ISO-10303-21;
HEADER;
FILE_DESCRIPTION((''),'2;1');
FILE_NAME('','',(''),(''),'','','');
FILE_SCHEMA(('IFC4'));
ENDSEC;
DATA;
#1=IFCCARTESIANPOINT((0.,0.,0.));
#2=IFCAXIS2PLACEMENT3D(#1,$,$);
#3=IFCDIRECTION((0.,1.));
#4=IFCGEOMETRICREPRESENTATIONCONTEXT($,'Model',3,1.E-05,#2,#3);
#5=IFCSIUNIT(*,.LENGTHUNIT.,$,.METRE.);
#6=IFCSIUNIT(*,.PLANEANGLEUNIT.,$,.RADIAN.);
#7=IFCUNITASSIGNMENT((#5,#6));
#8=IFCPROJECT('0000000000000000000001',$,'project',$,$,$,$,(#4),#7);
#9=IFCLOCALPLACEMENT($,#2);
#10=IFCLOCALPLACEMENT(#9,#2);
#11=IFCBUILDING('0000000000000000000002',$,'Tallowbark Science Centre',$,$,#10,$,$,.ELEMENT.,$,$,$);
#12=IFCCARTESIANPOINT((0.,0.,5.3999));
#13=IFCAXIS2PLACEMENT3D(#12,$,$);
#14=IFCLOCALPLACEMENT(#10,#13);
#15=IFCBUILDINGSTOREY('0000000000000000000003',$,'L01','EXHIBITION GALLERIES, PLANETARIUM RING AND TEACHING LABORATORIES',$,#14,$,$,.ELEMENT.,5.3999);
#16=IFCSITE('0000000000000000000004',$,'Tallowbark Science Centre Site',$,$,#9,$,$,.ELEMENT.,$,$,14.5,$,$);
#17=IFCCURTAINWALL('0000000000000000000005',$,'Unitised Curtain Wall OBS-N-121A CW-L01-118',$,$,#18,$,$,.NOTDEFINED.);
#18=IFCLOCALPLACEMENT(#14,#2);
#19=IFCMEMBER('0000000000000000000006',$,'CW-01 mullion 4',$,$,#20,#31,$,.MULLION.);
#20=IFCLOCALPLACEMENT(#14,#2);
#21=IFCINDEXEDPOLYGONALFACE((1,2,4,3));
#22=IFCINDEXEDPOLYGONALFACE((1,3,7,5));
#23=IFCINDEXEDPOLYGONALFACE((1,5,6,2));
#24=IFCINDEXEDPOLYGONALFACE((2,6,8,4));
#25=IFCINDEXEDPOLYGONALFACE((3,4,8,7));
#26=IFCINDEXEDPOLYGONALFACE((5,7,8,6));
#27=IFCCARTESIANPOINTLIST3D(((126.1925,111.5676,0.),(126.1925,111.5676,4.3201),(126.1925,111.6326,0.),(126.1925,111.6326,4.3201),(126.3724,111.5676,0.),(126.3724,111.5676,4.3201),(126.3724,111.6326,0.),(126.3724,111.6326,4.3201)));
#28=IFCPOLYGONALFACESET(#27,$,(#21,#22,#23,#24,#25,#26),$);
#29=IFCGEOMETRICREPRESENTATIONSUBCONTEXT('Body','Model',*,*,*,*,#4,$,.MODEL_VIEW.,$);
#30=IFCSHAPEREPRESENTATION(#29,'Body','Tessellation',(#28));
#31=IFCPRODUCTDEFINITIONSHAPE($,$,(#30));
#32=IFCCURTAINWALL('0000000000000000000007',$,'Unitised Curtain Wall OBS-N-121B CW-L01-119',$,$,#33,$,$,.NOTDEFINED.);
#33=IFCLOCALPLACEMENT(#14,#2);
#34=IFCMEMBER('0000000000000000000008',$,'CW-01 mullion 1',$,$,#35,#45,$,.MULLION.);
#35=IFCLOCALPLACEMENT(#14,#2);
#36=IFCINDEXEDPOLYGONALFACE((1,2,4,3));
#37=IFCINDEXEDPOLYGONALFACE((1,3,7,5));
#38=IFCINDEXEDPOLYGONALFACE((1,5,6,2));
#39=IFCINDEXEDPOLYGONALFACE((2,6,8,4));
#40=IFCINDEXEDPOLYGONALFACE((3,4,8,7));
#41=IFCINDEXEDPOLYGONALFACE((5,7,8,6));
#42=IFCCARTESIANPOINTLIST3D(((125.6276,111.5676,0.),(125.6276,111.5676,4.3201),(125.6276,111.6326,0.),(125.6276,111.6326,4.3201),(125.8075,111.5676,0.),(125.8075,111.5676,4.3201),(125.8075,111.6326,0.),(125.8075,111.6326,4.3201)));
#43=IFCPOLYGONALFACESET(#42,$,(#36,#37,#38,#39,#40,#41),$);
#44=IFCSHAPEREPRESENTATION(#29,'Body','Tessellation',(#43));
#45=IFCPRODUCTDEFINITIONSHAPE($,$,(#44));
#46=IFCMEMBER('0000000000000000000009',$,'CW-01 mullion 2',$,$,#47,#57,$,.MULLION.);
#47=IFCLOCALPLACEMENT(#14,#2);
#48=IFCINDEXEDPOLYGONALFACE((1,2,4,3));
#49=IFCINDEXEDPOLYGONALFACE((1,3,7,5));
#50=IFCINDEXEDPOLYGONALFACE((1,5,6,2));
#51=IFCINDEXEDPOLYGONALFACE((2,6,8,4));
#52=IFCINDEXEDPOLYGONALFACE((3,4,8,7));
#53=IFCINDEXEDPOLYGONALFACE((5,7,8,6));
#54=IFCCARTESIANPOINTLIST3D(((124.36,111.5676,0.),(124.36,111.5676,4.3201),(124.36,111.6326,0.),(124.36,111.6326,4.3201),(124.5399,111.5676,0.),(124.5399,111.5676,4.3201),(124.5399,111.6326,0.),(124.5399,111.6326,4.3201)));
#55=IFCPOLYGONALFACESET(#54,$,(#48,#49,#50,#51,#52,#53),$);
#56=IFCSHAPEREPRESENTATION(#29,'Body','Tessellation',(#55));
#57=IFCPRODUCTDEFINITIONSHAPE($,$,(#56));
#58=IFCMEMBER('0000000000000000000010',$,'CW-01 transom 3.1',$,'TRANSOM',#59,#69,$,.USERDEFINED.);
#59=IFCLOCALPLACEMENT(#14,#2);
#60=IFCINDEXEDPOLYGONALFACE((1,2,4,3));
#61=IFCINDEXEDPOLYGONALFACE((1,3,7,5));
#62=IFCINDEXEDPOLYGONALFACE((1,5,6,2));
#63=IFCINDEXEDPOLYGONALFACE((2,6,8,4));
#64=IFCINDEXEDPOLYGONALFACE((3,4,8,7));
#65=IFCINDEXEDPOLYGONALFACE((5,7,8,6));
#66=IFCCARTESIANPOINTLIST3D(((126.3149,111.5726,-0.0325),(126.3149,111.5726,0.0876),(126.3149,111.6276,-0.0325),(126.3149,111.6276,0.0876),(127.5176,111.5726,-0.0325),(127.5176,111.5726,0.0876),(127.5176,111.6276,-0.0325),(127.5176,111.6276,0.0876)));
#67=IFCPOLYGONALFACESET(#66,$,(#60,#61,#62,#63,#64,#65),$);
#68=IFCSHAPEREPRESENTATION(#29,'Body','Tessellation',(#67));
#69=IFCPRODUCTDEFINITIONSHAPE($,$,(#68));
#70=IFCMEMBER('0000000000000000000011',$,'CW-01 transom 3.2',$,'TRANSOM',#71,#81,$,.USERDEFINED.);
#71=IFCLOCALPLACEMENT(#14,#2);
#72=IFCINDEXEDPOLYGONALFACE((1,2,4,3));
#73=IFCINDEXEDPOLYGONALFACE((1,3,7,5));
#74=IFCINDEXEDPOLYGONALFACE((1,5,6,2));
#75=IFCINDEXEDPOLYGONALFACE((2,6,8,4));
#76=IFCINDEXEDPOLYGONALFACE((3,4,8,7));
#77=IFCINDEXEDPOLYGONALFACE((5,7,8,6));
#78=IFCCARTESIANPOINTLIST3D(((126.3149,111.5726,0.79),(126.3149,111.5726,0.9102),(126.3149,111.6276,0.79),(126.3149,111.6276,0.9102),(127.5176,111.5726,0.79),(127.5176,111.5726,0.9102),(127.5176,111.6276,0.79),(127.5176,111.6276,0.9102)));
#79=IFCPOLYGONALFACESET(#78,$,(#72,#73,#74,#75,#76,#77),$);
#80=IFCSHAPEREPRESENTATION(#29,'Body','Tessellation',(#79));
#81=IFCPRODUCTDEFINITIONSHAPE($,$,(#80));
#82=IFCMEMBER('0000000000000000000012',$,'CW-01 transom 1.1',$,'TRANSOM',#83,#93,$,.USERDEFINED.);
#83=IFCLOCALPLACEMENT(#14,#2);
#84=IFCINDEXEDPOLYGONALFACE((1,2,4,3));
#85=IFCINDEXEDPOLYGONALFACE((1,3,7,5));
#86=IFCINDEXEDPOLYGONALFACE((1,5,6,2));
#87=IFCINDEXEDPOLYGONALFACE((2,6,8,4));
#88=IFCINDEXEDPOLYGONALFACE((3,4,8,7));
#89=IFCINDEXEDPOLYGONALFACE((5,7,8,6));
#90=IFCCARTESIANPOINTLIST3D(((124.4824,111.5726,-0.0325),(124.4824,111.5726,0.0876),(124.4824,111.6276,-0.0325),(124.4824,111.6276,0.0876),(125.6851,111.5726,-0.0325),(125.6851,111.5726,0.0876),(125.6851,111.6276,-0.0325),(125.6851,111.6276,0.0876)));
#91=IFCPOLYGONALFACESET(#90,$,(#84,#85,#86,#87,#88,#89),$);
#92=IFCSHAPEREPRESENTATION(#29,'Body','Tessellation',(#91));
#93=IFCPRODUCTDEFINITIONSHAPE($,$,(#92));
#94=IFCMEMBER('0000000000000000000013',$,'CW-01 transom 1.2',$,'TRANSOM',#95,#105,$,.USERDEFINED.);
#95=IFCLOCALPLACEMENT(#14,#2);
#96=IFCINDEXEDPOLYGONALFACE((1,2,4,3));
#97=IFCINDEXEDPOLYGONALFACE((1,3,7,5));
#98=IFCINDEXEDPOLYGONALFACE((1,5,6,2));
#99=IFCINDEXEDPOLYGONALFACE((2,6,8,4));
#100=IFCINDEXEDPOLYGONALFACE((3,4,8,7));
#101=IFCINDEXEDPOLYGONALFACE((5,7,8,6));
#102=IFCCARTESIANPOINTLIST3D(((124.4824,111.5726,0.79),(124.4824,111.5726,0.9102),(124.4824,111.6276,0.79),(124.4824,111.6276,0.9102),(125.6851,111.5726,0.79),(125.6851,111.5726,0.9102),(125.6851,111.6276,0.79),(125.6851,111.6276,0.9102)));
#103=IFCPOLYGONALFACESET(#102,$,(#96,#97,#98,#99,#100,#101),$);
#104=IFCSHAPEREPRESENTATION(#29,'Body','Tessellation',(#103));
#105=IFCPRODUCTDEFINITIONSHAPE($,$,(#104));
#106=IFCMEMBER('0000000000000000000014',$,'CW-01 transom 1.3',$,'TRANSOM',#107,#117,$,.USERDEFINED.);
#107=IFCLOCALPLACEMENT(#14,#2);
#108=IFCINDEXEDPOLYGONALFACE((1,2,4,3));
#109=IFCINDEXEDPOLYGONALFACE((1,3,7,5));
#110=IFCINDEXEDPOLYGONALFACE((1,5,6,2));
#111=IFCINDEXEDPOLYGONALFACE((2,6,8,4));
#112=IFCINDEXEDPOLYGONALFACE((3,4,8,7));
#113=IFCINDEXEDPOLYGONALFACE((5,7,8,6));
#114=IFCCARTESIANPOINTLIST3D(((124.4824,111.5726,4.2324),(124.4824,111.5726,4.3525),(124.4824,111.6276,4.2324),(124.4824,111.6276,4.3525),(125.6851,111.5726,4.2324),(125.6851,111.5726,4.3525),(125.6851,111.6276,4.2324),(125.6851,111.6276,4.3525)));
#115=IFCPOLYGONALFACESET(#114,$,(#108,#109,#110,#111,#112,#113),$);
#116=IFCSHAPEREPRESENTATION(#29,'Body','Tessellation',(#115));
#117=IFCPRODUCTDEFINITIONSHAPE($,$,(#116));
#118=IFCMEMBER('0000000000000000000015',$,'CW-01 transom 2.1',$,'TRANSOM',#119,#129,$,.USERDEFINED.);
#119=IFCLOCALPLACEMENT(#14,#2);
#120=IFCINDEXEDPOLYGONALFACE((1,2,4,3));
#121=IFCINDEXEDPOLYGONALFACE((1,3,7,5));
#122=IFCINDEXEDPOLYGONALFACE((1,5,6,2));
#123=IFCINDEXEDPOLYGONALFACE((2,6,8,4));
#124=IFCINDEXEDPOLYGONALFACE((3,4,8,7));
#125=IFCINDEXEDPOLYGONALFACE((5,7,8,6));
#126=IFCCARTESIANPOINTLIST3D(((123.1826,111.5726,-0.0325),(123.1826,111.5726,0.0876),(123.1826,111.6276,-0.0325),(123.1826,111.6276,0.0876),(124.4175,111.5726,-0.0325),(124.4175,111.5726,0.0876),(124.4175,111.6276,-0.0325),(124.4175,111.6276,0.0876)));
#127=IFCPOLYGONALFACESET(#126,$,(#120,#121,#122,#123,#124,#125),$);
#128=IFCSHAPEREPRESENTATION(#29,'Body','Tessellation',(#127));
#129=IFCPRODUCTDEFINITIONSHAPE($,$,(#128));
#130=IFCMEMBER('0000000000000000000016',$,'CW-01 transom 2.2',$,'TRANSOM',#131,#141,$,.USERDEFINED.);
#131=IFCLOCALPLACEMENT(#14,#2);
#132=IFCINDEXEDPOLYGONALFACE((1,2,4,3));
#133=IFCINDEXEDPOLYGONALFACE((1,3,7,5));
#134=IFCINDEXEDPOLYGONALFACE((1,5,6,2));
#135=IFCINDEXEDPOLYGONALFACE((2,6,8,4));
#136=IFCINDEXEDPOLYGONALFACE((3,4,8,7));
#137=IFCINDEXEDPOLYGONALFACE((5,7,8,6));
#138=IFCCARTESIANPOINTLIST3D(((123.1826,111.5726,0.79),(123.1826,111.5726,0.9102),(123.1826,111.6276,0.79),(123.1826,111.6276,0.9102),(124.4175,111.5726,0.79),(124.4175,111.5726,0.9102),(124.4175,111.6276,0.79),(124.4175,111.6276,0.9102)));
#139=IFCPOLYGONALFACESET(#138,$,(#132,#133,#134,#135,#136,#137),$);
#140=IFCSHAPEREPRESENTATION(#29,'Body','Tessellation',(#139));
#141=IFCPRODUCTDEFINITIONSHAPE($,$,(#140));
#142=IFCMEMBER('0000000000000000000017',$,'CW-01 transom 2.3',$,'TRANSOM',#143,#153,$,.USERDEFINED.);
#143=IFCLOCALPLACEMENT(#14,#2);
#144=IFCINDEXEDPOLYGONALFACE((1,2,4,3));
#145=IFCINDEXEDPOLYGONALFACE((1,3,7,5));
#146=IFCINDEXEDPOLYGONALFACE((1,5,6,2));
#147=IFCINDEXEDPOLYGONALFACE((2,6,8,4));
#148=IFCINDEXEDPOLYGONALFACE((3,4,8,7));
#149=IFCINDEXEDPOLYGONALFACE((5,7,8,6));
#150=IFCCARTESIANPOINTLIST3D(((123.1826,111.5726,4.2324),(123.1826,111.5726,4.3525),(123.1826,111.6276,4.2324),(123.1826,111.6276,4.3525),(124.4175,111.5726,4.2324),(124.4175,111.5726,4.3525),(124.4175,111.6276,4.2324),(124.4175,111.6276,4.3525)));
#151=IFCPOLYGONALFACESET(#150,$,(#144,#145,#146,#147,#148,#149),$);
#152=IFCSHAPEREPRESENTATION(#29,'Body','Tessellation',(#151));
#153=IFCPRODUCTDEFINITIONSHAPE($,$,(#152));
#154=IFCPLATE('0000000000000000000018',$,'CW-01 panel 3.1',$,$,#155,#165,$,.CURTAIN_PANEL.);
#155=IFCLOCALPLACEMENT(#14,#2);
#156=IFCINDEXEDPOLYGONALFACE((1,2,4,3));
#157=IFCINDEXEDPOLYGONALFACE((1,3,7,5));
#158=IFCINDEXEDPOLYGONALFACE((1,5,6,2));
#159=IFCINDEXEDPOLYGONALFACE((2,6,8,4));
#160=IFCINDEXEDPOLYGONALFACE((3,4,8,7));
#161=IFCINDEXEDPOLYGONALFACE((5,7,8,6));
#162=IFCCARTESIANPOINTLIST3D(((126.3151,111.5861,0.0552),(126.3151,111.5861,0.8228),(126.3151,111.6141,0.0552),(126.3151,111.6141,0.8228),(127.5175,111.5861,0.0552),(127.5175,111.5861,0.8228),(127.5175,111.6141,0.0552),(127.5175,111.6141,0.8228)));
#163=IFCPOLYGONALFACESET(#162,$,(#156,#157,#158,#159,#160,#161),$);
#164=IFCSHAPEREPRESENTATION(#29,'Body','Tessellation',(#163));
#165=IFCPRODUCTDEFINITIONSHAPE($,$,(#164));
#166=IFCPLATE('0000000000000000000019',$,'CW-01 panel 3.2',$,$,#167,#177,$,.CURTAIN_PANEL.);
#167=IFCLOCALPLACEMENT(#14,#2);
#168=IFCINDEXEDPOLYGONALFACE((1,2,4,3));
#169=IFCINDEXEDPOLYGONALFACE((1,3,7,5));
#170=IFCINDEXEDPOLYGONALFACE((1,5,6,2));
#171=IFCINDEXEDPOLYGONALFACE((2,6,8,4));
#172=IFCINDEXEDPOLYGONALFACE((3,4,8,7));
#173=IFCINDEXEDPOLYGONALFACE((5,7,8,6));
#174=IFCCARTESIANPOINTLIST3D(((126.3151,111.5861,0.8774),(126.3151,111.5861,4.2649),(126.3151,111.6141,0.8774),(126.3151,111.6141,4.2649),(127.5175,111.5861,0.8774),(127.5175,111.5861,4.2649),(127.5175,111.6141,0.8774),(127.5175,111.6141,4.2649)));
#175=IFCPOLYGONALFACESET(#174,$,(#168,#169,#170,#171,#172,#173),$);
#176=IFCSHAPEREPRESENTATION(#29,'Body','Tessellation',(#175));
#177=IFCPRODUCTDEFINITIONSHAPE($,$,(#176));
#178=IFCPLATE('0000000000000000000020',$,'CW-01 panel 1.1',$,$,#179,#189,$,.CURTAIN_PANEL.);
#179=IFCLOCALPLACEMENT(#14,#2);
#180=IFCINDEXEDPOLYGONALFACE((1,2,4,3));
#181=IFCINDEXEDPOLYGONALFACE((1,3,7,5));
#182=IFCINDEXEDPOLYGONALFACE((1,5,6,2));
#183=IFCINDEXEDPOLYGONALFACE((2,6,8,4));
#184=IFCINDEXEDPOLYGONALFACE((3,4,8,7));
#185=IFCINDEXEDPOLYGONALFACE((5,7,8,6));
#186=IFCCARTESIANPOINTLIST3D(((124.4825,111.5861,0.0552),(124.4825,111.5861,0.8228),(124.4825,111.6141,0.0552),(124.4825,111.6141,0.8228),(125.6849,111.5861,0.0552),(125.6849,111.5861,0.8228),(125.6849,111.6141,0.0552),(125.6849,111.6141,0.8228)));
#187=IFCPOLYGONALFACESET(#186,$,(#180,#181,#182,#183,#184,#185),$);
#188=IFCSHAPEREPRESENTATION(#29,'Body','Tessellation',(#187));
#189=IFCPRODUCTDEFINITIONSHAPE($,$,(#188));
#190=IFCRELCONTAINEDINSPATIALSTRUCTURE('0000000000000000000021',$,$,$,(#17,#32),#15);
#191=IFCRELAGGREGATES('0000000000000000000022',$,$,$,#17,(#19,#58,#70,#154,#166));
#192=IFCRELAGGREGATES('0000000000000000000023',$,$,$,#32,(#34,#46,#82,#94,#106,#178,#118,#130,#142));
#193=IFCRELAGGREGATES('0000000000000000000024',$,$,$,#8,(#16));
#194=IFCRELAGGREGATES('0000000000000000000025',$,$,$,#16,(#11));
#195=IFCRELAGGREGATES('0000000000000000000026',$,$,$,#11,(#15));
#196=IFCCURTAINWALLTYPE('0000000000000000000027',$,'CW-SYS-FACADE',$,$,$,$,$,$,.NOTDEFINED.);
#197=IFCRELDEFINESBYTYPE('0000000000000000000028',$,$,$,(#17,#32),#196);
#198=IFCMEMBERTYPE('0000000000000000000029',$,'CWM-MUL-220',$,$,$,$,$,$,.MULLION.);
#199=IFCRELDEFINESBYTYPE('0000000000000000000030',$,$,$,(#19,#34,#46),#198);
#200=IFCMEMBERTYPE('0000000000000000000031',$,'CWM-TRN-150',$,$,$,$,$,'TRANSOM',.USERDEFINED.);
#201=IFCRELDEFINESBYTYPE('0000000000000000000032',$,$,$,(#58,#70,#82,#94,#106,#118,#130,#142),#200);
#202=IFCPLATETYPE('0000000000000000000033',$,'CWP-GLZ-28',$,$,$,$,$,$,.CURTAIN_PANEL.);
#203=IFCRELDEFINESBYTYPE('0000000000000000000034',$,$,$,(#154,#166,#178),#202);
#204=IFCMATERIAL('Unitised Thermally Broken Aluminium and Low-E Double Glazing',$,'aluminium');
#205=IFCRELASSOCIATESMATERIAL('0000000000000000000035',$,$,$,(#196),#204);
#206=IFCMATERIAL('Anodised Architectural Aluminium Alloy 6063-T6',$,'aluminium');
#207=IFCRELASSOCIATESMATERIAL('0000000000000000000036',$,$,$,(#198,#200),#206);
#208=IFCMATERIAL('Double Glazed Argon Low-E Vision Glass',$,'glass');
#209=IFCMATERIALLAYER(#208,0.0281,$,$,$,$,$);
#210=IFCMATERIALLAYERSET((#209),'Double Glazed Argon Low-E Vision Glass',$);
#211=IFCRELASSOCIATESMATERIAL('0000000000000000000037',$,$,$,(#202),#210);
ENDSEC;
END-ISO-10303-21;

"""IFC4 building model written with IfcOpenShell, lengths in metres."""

from ifc_helpers import new_model, si_unit, direction, frame, origin, origin_2d, place, context, subcontext, project, spatial, rectangle, extrude, material, layer, layer_set, material_profile, profile_set, type_object, element, aggregate, save


model = new_model("IFC4")

# Units and contexts
model_context = context("Model", 3, precision=1e-05, world=origin(), true_north=direction((0.0, 1.0)))
body_context = subcontext(model_context, "Body", "Model", "MODEL_VIEW")
ifc_project = project(units=[si_unit("LENGTHUNIT", "METRE"), si_unit("PLANEANGLEUNIT", "RADIAN")], contexts=[model_context])

# Site, building, storey
site_placement = place(None, origin())
site = spatial("IfcSite", under=ifc_project, at=site_placement, Name="Tallowbark Science Centre Site", CompositionType="ELEMENT", RefElevation=14.5)
building_placement = place(site_placement, origin())
building = spatial("IfcBuilding", under=site, at=building_placement, Name="Tallowbark Science Centre", CompositionType="ELEMENT")
storey_placement = place(building_placement, frame((0.0, 0.0, 5.3999)))
storey = spatial("IfcBuildingStorey", under=building, at=storey_placement, Name="L01", Description="EXHIBITION GALLERIES, PLANETARIUM RING AND TEACHING LABORATORIES", CompositionType="ELEMENT", Elevation=5.3999)

# Curtain wall, member
ifc_material_1 = material(Name="Unitised Thermally Broken Aluminium and Low-E Double Glazing", Category="aluminium")
curtain_wall_type = type_object("IfcCurtainWallType", Name="CW-SYS-FACADE", PredefinedType="NOTDEFINED", material=ifc_material_1)
curtain_wall_1_placement = place(storey_placement, origin())
curtain_wall_1 = element("IfcCurtainWall", 1, at=curtain_wall_1_placement, inside=storey, type_object=curtain_wall_type, Name="Unitised Curtain Wall OBS-N-121A CW-L01-118", PredefinedType="NOTDEFINED")
ifc_material_2 = material(Name="Anodised Architectural Aluminium Alloy 6063-T6", Category="aluminium")
ifc_material_profile_1 = material_profile(ifc_material_2, rectangle(XDim=0.0649, YDim=0.1799, at=origin_2d()), Name="ALU65x180")
ifc_profile_set_1 = profile_set([ifc_material_profile_1], Name="Anodised Architectural Aluminium Alloy 6063-T6")
member_type_1 = type_object("IfcMemberType", Name="CWM-MUL-220", PredefinedType="MULLION", material=ifc_profile_set_1)
member_1_placement = place(storey_placement, frame((126.2825, 111.6001, 0.0), z_axis=(0.0, 0.0, 1.0), x_axis=(0.0, -1.0, 0.0)))
member_1 = element("IfcMember", 2, at=member_1_placement, type_object=member_type_1, Name="CW-01 mullion 4", PredefinedType="MULLION", context=body_context, shape_type="SweptSolid", body=[
    extrude(rectangle(XDim=0.0649, YDim=0.1799, at=origin_2d()), origin(), (0.0, 0.0, 1.0), 4.3201),
])

# Curtain wall, members
curtain_wall_2_placement = place(storey_placement, origin())
curtain_wall_2 = element("IfcCurtainWall", 3, at=curtain_wall_2_placement, inside=storey, type_object=curtain_wall_type, Name="Unitised Curtain Wall OBS-N-121B CW-L01-119", PredefinedType="NOTDEFINED")
member_2_placement = place(storey_placement, frame((125.7175, 111.6001, 0.0), z_axis=(0.0, 0.0, 1.0), x_axis=(0.0, -1.0, 0.0)))
member_2 = element("IfcMember", 4, at=member_2_placement, type_object=member_type_1, Name="CW-01 mullion 1", PredefinedType="MULLION", context=body_context, shape_type="SweptSolid", body=[
    extrude(rectangle(XDim=0.0649, YDim=0.1799, at=origin_2d()), origin(), (0.0, 0.0, 1.0), 4.3201),
])
member_3_placement = place(storey_placement, frame((124.45, 111.6001, 0.0), z_axis=(0.0, 0.0, 1.0), x_axis=(0.0, -1.0, 0.0)))
member_3 = element("IfcMember", 5, at=member_3_placement, type_object=member_type_1, Name="CW-01 mullion 2", PredefinedType="MULLION", context=body_context, shape_type="SweptSolid", body=[
    extrude(rectangle(XDim=0.0649, YDim=0.1799, at=origin_2d()), origin(), (0.0, 0.0, 1.0), 4.3201),
])

# Members
ifc_material_profile_2 = material_profile(ifc_material_2, rectangle(XDim=0.0549, YDim=0.1201, at=origin_2d()), Name="ALU55x120")
ifc_profile_set_2 = profile_set([ifc_material_profile_2], Name="Anodised Architectural Aluminium Alloy 6063-T6")
member_type_2 = type_object("IfcMemberType", Name="CWM-TRN-150", ElementType="TRANSOM", PredefinedType="USERDEFINED", material=ifc_profile_set_2)
member_4_placement = place(storey_placement, frame((127.5176, 111.6001, 0.0276), z_axis=(-1.0, 0.0, 0.0), x_axis=(0.0, -1.0, 0.0)))
member_4 = element("IfcMember", 6, at=member_4_placement, type_object=member_type_2, Name="CW-01 transom 3.1", ObjectType="TRANSOM", PredefinedType="USERDEFINED", context=body_context, shape_type="SweptSolid", body=[
    extrude(rectangle(XDim=0.0549, YDim=0.1201, at=origin_2d()), origin(), (0.0, 0.0, 1.0), 1.2026),
])
member_5_placement = place(storey_placement, frame((127.5176, 111.6001, 0.8501), z_axis=(-1.0, 0.0, 0.0), x_axis=(0.0, -1.0, 0.0)))
member_5 = element("IfcMember", 7, at=member_5_placement, type_object=member_type_2, Name="CW-01 transom 3.2", ObjectType="TRANSOM", PredefinedType="USERDEFINED", context=body_context, shape_type="SweptSolid", body=[
    extrude(rectangle(XDim=0.0549, YDim=0.1201, at=origin_2d()), origin(), (0.0, 0.0, 1.0), 1.2026),
])
member_6_placement = place(storey_placement, frame((125.6851, 111.6001, 0.0276), z_axis=(-1.0, 0.0, 0.0), x_axis=(0.0, -1.0, 0.0)))
member_6 = element("IfcMember", 8, at=member_6_placement, type_object=member_type_2, Name="CW-01 transom 1.1", ObjectType="TRANSOM", PredefinedType="USERDEFINED", context=body_context, shape_type="SweptSolid", body=[
    extrude(rectangle(XDim=0.0549, YDim=0.1201, at=origin_2d()), origin(), (0.0, 0.0, 1.0), 1.2026),
])
member_7_placement = place(storey_placement, frame((125.6851, 111.6001, 0.8501), z_axis=(-1.0, 0.0, 0.0), x_axis=(0.0, -1.0, 0.0)))
member_7 = element("IfcMember", 9, at=member_7_placement, type_object=member_type_2, Name="CW-01 transom 1.2", ObjectType="TRANSOM", PredefinedType="USERDEFINED", context=body_context, shape_type="SweptSolid", body=[
    extrude(rectangle(XDim=0.0549, YDim=0.1201, at=origin_2d()), origin(), (0.0, 0.0, 1.0), 1.2026),
])
member_8_placement = place(storey_placement, frame((125.6851, 111.6001, 4.2925), z_axis=(-1.0, 0.0, 0.0), x_axis=(0.0, -1.0, 0.0)))
member_8 = element("IfcMember", 10, at=member_8_placement, type_object=member_type_2, Name="CW-01 transom 1.3", ObjectType="TRANSOM", PredefinedType="USERDEFINED", context=body_context, shape_type="SweptSolid", body=[
    extrude(rectangle(XDim=0.0549, YDim=0.1201, at=origin_2d()), origin(), (0.0, 0.0, 1.0), 1.2026),
])
member_9_placement = place(storey_placement, frame((124.4175, 111.6001, 0.0276), z_axis=(-1.0, 0.0, 0.0), x_axis=(0.0, -1.0, 0.0)))
member_9 = element("IfcMember", 11, at=member_9_placement, type_object=member_type_2, Name="CW-01 transom 2.1", ObjectType="TRANSOM", PredefinedType="USERDEFINED", context=body_context, shape_type="SweptSolid", body=[
    extrude(rectangle(XDim=0.0549, YDim=0.1201, at=origin_2d()), origin(), (0.0, 0.0, 1.0), 1.2349),
])
member_10_placement = place(storey_placement, frame((124.4175, 111.6001, 0.8501), z_axis=(-1.0, 0.0, 0.0), x_axis=(0.0, -1.0, 0.0)))
member_10 = element("IfcMember", 12, at=member_10_placement, type_object=member_type_2, Name="CW-01 transom 2.2", ObjectType="TRANSOM", PredefinedType="USERDEFINED", context=body_context, shape_type="SweptSolid", body=[
    extrude(rectangle(XDim=0.0549, YDim=0.1201, at=origin_2d()), origin(), (0.0, 0.0, 1.0), 1.2349),
])
member_11_placement = place(storey_placement, frame((124.4175, 111.6001, 4.2925), z_axis=(-1.0, 0.0, 0.0), x_axis=(0.0, -1.0, 0.0)))
member_11 = element("IfcMember", 13, at=member_11_placement, type_object=member_type_2, Name="CW-01 transom 2.3", ObjectType="TRANSOM", PredefinedType="USERDEFINED", context=body_context, shape_type="SweptSolid", body=[
    extrude(rectangle(XDim=0.0549, YDim=0.1201, at=origin_2d()), origin(), (0.0, 0.0, 1.0), 1.2349),
])

# Plates
ifc_material_3 = material(Name="Double Glazed Argon Low-E Vision Glass", Category="glass")
ifc_layer_1 = layer(ifc_material_3, 0.0281)
ifc_layer_set_1 = layer_set([ifc_layer_1], Name="Double Glazed Argon Low-E Vision Glass")
plate_type = type_object("IfcPlateType", Name="CWP-GLZ-28", PredefinedType="CURTAIN_PANEL", material=ifc_layer_set_1)
plate_1_placement = place(storey_placement, frame((126.9163, 111.6001, 0.0552), z_axis=(0.0, 0.0, 1.0), x_axis=(-1.0, 0.0, 0.0)))
plate_1 = element("IfcPlate", 14, at=plate_1_placement, type_object=plate_type, Name="CW-01 panel 3.1", PredefinedType="CURTAIN_PANEL", context=body_context, shape_type="SweptSolid", body=[
    extrude(rectangle(XDim=1.2024, YDim=0.0281, at=origin_2d()), origin(), (0.0, 0.0, 1.0), 0.7676),
])
plate_2_placement = place(storey_placement, frame((126.9163, 111.6001, 0.8774), z_axis=(0.0, 0.0, 1.0), x_axis=(-1.0, 0.0, 0.0)))
plate_2 = element("IfcPlate", 15, at=plate_2_placement, type_object=plate_type, Name="CW-01 panel 3.2", PredefinedType="CURTAIN_PANEL", context=body_context, shape_type="SweptSolid", body=[
    extrude(rectangle(XDim=1.2024, YDim=0.0281, at=origin_2d()), origin(), (0.0, 0.0, 1.0), 3.3875),
])
aggregate(curtain_wall_1, [member_1, member_4, member_5, plate_1, plate_2])
plate_3_placement = place(storey_placement, frame((125.0837, 111.6001, 0.0552), z_axis=(0.0, 0.0, 1.0), x_axis=(-1.0, 0.0, 0.0)))
plate_3 = element("IfcPlate", 16, at=plate_3_placement, type_object=plate_type, Name="CW-01 panel 1.1", PredefinedType="CURTAIN_PANEL", context=body_context, shape_type="SweptSolid", body=[
    extrude(rectangle(XDim=1.2024, YDim=0.0281, at=origin_2d()), origin(), (0.0, 0.0, 1.0), 0.7676),
])
aggregate(curtain_wall_2, [member_2, member_3, member_6, member_7, member_8, plate_3, member_9, member_10, member_11])

save(model, "model.ifc")
